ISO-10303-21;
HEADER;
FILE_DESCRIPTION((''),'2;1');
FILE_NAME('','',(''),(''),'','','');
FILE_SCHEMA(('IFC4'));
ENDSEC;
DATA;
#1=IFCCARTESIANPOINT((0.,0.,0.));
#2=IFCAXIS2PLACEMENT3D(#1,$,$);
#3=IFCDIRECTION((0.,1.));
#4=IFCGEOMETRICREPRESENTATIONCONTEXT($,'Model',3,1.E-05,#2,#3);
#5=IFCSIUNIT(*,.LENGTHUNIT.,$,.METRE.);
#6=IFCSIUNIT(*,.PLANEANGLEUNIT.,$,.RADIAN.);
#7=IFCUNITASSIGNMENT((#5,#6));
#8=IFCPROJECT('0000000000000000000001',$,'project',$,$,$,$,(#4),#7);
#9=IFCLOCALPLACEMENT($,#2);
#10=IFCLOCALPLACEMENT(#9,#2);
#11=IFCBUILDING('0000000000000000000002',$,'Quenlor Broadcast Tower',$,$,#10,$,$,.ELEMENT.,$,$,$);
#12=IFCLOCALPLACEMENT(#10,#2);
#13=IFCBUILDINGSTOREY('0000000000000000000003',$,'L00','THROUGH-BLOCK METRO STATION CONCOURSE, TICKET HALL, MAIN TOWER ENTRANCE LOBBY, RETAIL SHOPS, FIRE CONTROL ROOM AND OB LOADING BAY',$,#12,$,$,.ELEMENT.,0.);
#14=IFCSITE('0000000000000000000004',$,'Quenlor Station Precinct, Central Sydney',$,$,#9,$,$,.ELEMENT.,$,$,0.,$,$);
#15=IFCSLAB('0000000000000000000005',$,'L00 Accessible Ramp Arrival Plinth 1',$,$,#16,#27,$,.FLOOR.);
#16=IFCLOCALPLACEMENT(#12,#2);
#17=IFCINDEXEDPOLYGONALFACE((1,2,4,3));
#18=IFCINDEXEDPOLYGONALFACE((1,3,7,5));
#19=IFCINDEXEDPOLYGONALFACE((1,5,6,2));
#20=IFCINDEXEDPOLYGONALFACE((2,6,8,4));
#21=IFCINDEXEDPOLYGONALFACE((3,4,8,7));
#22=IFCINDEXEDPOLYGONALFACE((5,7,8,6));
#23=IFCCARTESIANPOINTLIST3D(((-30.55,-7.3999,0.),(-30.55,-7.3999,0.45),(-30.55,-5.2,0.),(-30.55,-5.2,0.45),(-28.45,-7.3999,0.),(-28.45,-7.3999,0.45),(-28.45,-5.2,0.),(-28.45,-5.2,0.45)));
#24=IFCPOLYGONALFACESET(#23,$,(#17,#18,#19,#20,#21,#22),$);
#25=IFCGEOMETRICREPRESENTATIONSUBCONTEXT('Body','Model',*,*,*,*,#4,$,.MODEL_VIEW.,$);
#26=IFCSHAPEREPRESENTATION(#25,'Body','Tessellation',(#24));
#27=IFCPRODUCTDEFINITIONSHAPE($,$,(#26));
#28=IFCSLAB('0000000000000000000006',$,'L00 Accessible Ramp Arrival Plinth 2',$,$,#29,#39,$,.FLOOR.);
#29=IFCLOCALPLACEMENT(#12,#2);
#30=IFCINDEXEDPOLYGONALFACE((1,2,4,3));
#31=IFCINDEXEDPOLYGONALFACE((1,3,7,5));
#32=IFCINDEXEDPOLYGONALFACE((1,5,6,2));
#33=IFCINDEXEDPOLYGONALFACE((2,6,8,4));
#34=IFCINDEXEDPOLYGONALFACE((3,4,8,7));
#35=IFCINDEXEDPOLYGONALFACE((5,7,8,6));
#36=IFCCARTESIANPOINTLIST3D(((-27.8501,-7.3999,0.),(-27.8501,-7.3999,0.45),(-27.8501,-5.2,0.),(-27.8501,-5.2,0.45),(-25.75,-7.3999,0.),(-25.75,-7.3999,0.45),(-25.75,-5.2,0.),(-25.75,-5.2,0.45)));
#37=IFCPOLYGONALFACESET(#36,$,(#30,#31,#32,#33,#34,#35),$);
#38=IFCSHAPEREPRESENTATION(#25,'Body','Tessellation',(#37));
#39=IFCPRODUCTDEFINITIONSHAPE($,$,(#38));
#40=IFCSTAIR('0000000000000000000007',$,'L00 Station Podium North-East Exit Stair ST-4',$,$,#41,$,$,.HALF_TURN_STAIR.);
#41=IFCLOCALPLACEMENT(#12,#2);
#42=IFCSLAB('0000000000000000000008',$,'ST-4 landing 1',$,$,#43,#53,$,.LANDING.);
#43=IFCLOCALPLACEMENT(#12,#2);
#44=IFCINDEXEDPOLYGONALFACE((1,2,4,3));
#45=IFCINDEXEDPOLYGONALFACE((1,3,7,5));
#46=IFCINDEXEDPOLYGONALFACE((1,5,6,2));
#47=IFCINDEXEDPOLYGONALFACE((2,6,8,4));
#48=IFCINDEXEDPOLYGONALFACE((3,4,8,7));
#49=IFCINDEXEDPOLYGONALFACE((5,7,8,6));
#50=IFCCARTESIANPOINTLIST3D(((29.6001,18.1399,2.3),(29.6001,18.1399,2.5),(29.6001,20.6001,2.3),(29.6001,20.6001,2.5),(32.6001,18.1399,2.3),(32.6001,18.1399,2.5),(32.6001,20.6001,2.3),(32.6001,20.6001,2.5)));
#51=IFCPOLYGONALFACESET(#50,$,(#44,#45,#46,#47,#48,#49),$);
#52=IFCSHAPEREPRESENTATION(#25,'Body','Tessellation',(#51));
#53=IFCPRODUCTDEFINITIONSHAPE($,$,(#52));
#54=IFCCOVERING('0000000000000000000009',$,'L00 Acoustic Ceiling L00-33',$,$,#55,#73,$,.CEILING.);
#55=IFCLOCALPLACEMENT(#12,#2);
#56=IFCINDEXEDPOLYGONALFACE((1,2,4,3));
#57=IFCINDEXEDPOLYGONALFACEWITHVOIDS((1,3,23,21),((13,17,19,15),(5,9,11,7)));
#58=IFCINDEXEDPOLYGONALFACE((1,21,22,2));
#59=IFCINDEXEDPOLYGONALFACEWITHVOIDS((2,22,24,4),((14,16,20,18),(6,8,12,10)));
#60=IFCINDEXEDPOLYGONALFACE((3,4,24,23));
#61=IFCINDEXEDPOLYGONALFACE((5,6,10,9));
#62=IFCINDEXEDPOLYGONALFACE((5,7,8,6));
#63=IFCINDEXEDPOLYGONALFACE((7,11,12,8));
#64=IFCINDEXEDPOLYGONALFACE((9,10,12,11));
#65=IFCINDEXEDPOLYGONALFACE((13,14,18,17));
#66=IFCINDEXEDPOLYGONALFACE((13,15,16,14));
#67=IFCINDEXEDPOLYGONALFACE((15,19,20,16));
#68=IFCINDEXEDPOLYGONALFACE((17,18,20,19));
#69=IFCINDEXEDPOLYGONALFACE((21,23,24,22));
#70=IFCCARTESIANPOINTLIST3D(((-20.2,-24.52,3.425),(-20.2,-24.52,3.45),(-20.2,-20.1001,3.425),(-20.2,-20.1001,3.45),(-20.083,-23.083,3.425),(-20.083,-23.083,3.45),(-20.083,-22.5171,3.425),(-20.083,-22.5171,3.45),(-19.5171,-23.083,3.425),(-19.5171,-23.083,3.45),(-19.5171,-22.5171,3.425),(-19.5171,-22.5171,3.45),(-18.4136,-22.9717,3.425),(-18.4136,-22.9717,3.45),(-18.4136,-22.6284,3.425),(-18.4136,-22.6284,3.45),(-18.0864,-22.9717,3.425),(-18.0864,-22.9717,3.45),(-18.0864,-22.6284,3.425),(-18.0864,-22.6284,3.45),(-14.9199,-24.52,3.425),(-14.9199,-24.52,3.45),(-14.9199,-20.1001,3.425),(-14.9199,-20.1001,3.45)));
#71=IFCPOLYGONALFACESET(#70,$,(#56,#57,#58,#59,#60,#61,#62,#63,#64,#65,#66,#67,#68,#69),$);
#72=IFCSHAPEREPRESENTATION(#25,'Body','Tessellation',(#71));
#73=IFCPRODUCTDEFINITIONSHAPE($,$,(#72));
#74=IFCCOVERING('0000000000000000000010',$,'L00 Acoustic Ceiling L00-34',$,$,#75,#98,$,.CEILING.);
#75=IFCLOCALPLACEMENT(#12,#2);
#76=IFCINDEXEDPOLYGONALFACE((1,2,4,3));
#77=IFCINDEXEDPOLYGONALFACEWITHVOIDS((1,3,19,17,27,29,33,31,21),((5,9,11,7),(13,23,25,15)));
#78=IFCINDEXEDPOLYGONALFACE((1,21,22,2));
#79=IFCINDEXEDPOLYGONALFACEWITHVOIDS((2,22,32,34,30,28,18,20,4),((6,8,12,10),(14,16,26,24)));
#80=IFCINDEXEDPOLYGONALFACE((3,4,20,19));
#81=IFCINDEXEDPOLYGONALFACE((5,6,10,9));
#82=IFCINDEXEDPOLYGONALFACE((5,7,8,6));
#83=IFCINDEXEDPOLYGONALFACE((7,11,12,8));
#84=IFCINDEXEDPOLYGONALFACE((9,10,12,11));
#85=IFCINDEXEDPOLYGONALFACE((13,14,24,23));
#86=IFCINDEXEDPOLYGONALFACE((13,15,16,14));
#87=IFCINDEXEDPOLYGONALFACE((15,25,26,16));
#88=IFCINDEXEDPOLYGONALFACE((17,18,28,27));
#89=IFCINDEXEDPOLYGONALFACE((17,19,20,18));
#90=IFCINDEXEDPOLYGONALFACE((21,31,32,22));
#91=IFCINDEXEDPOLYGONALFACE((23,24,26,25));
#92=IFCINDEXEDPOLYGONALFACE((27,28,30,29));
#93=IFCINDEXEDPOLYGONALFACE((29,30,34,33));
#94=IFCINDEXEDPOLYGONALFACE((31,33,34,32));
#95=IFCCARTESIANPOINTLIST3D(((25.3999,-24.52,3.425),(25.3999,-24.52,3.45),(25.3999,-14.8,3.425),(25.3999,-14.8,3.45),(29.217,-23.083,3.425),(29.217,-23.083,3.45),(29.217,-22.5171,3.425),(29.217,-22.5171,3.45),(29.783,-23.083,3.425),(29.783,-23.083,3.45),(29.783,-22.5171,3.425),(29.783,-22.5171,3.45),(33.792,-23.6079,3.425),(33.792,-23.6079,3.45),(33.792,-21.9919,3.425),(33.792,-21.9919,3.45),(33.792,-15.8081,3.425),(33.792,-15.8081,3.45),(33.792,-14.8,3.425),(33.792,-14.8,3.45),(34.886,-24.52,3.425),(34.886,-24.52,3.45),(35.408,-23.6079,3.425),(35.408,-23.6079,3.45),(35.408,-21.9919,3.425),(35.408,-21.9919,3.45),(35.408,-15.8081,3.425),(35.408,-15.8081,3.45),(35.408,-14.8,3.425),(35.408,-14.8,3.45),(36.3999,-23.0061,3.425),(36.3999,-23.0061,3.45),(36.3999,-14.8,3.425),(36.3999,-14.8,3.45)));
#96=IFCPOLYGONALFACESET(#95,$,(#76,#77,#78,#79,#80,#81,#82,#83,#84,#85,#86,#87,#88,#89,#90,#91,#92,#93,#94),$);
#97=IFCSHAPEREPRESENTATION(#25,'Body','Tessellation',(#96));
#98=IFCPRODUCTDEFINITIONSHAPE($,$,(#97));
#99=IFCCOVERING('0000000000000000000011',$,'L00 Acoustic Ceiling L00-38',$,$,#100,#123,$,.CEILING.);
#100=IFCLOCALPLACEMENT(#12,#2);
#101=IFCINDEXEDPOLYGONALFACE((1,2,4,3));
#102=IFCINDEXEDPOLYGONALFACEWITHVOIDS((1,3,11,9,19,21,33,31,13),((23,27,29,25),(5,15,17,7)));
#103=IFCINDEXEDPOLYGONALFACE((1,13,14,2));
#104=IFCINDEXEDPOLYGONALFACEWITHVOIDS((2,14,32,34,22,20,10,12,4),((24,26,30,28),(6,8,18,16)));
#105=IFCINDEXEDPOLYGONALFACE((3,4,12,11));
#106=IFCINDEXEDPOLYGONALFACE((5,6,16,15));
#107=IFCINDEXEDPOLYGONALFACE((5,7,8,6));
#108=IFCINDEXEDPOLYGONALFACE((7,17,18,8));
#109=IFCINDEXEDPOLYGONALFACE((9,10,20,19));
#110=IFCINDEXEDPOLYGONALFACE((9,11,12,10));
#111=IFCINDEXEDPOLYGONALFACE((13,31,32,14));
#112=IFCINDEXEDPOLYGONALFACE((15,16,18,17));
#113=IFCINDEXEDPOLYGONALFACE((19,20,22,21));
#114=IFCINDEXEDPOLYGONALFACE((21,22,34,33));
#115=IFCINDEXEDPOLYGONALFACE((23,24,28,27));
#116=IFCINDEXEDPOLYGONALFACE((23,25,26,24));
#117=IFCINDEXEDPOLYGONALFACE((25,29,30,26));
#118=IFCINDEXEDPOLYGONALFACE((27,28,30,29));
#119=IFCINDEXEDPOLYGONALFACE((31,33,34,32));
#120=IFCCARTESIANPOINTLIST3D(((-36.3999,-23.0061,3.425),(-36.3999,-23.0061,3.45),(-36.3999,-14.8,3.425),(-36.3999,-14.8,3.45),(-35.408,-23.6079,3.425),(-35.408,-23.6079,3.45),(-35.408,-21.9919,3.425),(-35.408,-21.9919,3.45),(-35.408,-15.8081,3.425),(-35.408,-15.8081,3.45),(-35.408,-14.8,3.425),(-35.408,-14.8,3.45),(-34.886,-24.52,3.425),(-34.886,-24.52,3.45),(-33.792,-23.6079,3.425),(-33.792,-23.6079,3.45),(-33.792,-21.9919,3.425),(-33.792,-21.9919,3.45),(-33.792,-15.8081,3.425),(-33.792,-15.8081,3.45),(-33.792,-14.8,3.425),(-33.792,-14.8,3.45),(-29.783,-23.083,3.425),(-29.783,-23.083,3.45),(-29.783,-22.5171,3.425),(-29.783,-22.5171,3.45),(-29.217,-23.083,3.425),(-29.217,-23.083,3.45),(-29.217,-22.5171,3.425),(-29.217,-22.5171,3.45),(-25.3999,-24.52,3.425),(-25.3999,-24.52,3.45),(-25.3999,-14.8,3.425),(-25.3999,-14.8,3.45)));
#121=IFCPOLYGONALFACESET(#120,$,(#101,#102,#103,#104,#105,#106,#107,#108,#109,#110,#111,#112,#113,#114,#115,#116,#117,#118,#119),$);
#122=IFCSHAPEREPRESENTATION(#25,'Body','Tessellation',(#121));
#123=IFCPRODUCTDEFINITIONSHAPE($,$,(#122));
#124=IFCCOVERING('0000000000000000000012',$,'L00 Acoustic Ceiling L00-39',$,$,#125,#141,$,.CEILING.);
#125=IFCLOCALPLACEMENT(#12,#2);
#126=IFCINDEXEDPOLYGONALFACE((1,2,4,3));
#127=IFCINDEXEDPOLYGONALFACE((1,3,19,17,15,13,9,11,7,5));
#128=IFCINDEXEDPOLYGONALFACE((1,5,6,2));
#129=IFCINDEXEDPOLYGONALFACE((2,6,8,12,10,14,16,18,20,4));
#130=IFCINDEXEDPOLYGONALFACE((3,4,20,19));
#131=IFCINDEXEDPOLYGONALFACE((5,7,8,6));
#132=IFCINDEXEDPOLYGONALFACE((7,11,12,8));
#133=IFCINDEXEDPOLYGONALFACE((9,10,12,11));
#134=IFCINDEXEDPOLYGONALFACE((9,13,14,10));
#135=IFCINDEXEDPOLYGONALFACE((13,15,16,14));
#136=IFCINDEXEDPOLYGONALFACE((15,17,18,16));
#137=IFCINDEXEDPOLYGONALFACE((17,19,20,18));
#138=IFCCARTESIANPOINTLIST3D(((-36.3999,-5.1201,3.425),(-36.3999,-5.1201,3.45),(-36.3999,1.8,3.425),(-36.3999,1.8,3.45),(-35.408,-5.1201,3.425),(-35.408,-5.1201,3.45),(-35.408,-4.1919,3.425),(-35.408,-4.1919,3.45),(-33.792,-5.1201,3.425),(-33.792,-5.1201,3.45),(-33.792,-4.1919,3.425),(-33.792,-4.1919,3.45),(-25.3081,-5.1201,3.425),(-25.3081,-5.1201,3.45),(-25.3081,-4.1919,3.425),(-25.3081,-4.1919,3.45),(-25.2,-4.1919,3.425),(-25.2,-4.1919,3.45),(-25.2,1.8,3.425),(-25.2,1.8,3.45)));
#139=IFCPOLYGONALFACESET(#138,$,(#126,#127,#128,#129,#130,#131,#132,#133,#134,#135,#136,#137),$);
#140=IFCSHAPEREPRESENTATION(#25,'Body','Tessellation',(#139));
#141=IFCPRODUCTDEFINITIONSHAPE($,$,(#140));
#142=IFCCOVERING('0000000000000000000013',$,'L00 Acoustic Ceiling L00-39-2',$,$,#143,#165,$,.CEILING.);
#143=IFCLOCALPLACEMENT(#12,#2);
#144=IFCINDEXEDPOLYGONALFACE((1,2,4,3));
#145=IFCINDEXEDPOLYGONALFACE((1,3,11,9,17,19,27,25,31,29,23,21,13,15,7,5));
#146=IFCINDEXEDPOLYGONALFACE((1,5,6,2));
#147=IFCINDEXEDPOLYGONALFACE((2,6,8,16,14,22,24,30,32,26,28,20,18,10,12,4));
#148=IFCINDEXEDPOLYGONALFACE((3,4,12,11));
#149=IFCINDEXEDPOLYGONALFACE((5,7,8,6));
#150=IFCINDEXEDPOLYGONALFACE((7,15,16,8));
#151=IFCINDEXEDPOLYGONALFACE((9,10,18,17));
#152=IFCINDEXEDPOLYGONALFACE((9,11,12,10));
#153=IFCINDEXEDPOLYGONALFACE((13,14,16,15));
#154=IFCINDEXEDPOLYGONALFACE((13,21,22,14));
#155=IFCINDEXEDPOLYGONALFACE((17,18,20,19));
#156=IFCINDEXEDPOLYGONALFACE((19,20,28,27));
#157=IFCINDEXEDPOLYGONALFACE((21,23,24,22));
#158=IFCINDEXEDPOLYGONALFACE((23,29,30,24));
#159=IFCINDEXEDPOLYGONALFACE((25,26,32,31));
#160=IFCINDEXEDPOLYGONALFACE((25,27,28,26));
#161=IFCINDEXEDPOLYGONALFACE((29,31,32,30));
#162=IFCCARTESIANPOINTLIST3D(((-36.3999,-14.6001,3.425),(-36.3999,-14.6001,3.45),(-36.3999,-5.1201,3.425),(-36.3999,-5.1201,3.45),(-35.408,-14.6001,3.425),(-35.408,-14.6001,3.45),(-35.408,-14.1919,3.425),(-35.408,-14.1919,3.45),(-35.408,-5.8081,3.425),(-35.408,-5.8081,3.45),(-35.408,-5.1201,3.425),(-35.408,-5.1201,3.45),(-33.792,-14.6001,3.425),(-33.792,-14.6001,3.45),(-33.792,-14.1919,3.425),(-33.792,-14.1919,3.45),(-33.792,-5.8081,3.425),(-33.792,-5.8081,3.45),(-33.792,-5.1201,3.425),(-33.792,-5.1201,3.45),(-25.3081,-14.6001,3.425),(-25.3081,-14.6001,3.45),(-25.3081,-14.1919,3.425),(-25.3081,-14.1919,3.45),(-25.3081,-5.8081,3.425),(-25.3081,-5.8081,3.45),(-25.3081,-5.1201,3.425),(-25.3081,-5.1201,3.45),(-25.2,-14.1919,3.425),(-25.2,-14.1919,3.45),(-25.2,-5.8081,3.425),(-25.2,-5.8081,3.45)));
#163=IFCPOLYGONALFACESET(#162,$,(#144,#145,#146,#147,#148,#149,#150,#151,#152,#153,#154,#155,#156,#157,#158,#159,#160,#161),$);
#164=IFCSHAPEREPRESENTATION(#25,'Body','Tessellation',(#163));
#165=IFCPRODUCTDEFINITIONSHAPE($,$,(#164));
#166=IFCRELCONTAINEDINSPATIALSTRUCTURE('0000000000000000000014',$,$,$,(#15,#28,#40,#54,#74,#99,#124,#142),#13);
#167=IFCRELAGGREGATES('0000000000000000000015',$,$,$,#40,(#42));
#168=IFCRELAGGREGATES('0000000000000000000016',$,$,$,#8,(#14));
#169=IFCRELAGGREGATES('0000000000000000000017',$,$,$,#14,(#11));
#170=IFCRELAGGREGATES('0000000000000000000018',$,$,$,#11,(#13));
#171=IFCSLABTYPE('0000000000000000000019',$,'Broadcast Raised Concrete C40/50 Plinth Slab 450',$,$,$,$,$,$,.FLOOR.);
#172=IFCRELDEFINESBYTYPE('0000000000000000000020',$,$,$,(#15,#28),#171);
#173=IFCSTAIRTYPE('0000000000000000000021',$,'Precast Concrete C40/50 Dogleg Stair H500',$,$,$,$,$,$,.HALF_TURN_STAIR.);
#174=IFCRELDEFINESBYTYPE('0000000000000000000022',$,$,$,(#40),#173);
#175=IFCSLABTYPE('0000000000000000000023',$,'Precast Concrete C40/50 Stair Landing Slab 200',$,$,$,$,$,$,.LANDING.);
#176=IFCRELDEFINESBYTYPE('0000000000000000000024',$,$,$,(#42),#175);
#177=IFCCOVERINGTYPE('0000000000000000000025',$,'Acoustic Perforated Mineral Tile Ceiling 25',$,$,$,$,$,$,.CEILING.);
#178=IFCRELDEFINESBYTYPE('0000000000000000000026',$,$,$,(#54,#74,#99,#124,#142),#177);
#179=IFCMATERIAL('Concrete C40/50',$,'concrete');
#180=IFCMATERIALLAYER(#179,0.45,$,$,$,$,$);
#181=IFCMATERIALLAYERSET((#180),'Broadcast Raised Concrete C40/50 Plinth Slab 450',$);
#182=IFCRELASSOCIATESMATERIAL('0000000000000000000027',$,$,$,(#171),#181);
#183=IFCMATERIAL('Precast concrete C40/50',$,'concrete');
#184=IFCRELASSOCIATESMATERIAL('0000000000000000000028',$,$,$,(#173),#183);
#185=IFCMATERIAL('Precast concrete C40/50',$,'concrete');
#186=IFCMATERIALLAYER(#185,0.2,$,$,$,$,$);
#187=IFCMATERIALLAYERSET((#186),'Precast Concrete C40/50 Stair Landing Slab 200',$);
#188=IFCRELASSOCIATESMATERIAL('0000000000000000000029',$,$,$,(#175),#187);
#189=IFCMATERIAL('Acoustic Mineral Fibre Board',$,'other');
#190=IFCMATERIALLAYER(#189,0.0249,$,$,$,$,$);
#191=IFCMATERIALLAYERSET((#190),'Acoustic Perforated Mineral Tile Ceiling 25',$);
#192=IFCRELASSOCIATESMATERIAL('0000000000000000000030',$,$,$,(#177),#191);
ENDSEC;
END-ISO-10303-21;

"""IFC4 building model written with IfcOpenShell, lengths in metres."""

from ifc_helpers import new_model, si_unit, direction, frame, origin, place, context, subcontext, project, spatial, polyline, outline, extrude, material, layer, layer_set, type_object, element, aggregate, save


model = new_model("IFC4")

# Units and contexts
model_context = context("Model", 3, precision=1e-05, world=origin(), true_north=direction((0.0, 1.0)))
body_context = subcontext(model_context, "Body", "Model", "MODEL_VIEW")
ifc_project = project(units=[si_unit("LENGTHUNIT", "METRE"), si_unit("PLANEANGLEUNIT", "RADIAN")], contexts=[model_context])

# Site, building, storey
site_placement = place(None, origin())
site = spatial("IfcSite", under=ifc_project, at=site_placement, Name="Quenlor Station Precinct, Central Sydney", CompositionType="ELEMENT", RefElevation=0.0)
building_placement = place(site_placement, origin())
building = spatial("IfcBuilding", under=site, at=building_placement, Name="Quenlor Broadcast Tower", CompositionType="ELEMENT")
storey_placement = place(building_placement, origin())
storey = spatial("IfcBuildingStorey", under=building, at=storey_placement, Name="L00", Description="THROUGH-BLOCK METRO STATION CONCOURSE, TICKET HALL, MAIN TOWER ENTRANCE LOBBY, RETAIL SHOPS, FIRE CONTROL ROOM AND OB LOADING BAY", CompositionType="ELEMENT", Elevation=0.0)

# Slabs
ifc_material_1 = material(Name="Concrete C40/50", Category="concrete")
ifc_layer_1 = layer(ifc_material_1, 0.45)
ifc_layer_set_1 = layer_set([ifc_layer_1], Name="Broadcast Raised Concrete C40/50 Plinth Slab 450")
slab_type_1 = type_object("IfcSlabType", Name="Broadcast Raised Concrete C40/50 Plinth Slab 450", PredefinedType="FLOOR", material=ifc_layer_set_1)
slab_1_placement = place(storey_placement, origin())
element("IfcSlab", 1, at=slab_1_placement, inside=storey, type_object=slab_type_1, Name="L00 Accessible Ramp Arrival Plinth 1", PredefinedType="FLOOR", context=body_context, shape_type="SweptSolid", body=[
    extrude(outline(polyline([(-30.55, -7.3999), (-28.45, -7.3999), (-28.45, -5.2), (-30.55, -5.2), (-30.55, -7.3999)])), origin(), (0.0, 0.0, 1.0), 0.45),
])
slab_2_placement = place(storey_placement, origin())
element("IfcSlab", 2, at=slab_2_placement, inside=storey, type_object=slab_type_1, Name="L00 Accessible Ramp Arrival Plinth 2", PredefinedType="FLOOR", context=body_context, shape_type="SweptSolid", body=[
    extrude(outline(polyline([(-27.8501, -7.3999), (-25.75, -7.3999), (-25.75, -5.2), (-27.8501, -5.2), (-27.8501, -7.3999)])), origin(), (0.0, 0.0, 1.0), 0.45),
])

# Stair, slab
ifc_material_2 = material(Name="Precast concrete C40/50", Category="concrete")
stair_type = type_object("IfcStairType", Name="Precast Concrete C40/50 Dogleg Stair H500", PredefinedType="HALF_TURN_STAIR", material=ifc_material_2)
stair_placement = place(storey_placement, origin())
stair = element("IfcStair", 3, at=stair_placement, inside=storey, type_object=stair_type, Name="L00 Station Podium North-East Exit Stair ST-4", PredefinedType="HALF_TURN_STAIR")
ifc_material_3 = material(Name="Precast concrete C40/50", Category="concrete")
ifc_layer_2 = layer(ifc_material_3, 0.2)
ifc_layer_set_2 = layer_set([ifc_layer_2], Name="Precast Concrete C40/50 Stair Landing Slab 200")
slab_type_2 = type_object("IfcSlabType", Name="Precast Concrete C40/50 Stair Landing Slab 200", PredefinedType="LANDING", material=ifc_layer_set_2)
slab_3_placement = place(storey_placement, frame((0.0, 0.0, 2.3)))
slab_3 = element("IfcSlab", 4, at=slab_3_placement, type_object=slab_type_2, Name="ST-4 landing 1", PredefinedType="LANDING", context=body_context, shape_type="SweptSolid", body=[
    extrude(outline(polyline([(32.6001, 18.1399), (32.6001, 20.6001), (29.6001, 20.6001), (29.6001, 18.1399), (32.6001, 18.1399)])), origin(), (0.0, 0.0, 1.0), 0.2),
])
aggregate(stair, [slab_3])

# Coverings
ifc_material_4 = material(Name="Acoustic Mineral Fibre Board", Category="other")
ifc_layer_3 = layer(ifc_material_4, 0.0249)
ifc_layer_set_3 = layer_set([ifc_layer_3], Name="Acoustic Perforated Mineral Tile Ceiling 25")
covering_type_1 = type_object("IfcCoveringType", Name="Acoustic Perforated Mineral Tile Ceiling 25", PredefinedType="CEILING", material=ifc_layer_set_3)
covering_1_placement = place(storey_placement, frame((0.0, 0.0, 3.425)))
element("IfcCovering", 5, at=covering_1_placement, inside=storey, type_object=covering_type_1, Name="L00 Acoustic Ceiling L00-33", PredefinedType="CEILING", context=body_context, shape_type="SweptSolid", body=[
    extrude(outline(polyline([(-14.9199, -24.52), (-20.2, -24.52), (-20.2, -20.1001), (-14.9199, -20.1001), (-14.9199, -24.52)]), holes=[polyline([(-18.0864, -22.6284), (-18.4136, -22.6284), (-18.4136, -22.9717), (-18.0864, -22.9717), (-18.0864, -22.6284)]), polyline([(-19.5171, -23.083), (-19.5171, -22.5171), (-20.083, -22.5171), (-20.083, -23.083), (-19.5171, -23.083)])]), origin(), (0.0, 0.0, 1.0), 0.0249),
])
covering_2_placement = place(storey_placement, frame((0.0, 0.0, 3.425)))
element("IfcCovering", 6, at=covering_2_placement, inside=storey, type_object=covering_type_1, Name="L00 Acoustic Ceiling L00-34", PredefinedType="CEILING", context=body_context, shape_type="SweptSolid", body=[
    extrude(outline(polyline([(33.792, -15.8081), (35.408, -15.8081), (35.408, -14.8), (36.3999, -14.8), (36.3999, -23.0061), (34.886, -24.52), (25.3999, -24.52), (25.3999, -14.8), (33.792, -14.8), (33.792, -15.8081)]), holes=[polyline([(35.408, -23.6079), (35.408, -21.9919), (33.792, -21.9919), (33.792, -23.6079), (35.408, -23.6079)]), polyline([(29.783, -23.083), (29.783, -22.5171), (29.217, -22.5171), (29.217, -23.083), (29.783, -23.083)])]), origin(), (0.0, 0.0, 1.0), 0.0249),
])
covering_3_placement = place(storey_placement, frame((0.0, 0.0, 3.425)))
element("IfcCovering", 7, at=covering_3_placement, inside=storey, type_object=covering_type_1, Name="L00 Acoustic Ceiling L00-38", PredefinedType="CEILING", context=body_context, shape_type="SweptSolid", body=[
    extrude(outline(polyline([(-33.792, -15.8081), (-33.792, -14.8), (-25.3999, -14.8), (-25.3999, -24.52), (-34.886, -24.52), (-36.3999, -23.0061), (-36.3999, -14.8), (-35.408, -14.8), (-35.408, -15.8081), (-33.792, -15.8081)]), holes=[polyline([(-33.792, -23.6079), (-33.792, -21.9919), (-35.408, -21.9919), (-35.408, -23.6079), (-33.792, -23.6079)]), polyline([(-29.217, -23.083), (-29.217, -22.5171), (-29.783, -22.5171), (-29.783, -23.083), (-29.217, -23.083)])]), origin(), (0.0, 0.0, 1.0), 0.0249),
])
covering_4_placement = place(storey_placement, frame((0.0, 0.0, 3.425)))
element("IfcCovering", 8, at=covering_4_placement, inside=storey, type_object=covering_type_1, Name="L00 Acoustic Ceiling L00-39", PredefinedType="CEILING", context=body_context, shape_type="SweptSolid", body=[
    extrude(outline(polyline([(-25.2, -4.1919), (-25.3081, -4.1919), (-25.3081, -5.1201), (-33.792, -5.1201), (-33.792, -4.1919), (-35.408, -4.1919), (-35.408, -5.1201), (-36.3999, -5.1201), (-36.3999, 1.8), (-25.2, 1.8), (-25.2, -4.1919)])), origin(), (0.0, 0.0, 1.0), 0.0249),
])
covering_5_placement = place(storey_placement, frame((0.0, 0.0, 3.425)))
element("IfcCovering", 9, at=covering_5_placement, inside=storey, type_object=covering_type_1, Name="L00 Acoustic Ceiling L00-39-2", PredefinedType="CEILING", context=body_context, shape_type="SweptSolid", body=[
    extrude(outline(polyline([(-25.3081, -5.8081), (-25.2, -5.8081), (-25.2, -14.1919), (-25.3081, -14.1919), (-25.3081, -14.6001), (-33.792, -14.6001), (-33.792, -14.1919), (-35.408, -14.1919), (-35.408, -14.6001), (-36.3999, -14.6001), (-36.3999, -5.1201), (-35.408, -5.1201), (-35.408, -5.8081), (-33.792, -5.8081), (-33.792, -5.1201), (-25.3081, -5.1201), (-25.3081, -5.8081)])), origin(), (0.0, 0.0, 1.0), 0.0249),
])

save(model, "model.ifc")
